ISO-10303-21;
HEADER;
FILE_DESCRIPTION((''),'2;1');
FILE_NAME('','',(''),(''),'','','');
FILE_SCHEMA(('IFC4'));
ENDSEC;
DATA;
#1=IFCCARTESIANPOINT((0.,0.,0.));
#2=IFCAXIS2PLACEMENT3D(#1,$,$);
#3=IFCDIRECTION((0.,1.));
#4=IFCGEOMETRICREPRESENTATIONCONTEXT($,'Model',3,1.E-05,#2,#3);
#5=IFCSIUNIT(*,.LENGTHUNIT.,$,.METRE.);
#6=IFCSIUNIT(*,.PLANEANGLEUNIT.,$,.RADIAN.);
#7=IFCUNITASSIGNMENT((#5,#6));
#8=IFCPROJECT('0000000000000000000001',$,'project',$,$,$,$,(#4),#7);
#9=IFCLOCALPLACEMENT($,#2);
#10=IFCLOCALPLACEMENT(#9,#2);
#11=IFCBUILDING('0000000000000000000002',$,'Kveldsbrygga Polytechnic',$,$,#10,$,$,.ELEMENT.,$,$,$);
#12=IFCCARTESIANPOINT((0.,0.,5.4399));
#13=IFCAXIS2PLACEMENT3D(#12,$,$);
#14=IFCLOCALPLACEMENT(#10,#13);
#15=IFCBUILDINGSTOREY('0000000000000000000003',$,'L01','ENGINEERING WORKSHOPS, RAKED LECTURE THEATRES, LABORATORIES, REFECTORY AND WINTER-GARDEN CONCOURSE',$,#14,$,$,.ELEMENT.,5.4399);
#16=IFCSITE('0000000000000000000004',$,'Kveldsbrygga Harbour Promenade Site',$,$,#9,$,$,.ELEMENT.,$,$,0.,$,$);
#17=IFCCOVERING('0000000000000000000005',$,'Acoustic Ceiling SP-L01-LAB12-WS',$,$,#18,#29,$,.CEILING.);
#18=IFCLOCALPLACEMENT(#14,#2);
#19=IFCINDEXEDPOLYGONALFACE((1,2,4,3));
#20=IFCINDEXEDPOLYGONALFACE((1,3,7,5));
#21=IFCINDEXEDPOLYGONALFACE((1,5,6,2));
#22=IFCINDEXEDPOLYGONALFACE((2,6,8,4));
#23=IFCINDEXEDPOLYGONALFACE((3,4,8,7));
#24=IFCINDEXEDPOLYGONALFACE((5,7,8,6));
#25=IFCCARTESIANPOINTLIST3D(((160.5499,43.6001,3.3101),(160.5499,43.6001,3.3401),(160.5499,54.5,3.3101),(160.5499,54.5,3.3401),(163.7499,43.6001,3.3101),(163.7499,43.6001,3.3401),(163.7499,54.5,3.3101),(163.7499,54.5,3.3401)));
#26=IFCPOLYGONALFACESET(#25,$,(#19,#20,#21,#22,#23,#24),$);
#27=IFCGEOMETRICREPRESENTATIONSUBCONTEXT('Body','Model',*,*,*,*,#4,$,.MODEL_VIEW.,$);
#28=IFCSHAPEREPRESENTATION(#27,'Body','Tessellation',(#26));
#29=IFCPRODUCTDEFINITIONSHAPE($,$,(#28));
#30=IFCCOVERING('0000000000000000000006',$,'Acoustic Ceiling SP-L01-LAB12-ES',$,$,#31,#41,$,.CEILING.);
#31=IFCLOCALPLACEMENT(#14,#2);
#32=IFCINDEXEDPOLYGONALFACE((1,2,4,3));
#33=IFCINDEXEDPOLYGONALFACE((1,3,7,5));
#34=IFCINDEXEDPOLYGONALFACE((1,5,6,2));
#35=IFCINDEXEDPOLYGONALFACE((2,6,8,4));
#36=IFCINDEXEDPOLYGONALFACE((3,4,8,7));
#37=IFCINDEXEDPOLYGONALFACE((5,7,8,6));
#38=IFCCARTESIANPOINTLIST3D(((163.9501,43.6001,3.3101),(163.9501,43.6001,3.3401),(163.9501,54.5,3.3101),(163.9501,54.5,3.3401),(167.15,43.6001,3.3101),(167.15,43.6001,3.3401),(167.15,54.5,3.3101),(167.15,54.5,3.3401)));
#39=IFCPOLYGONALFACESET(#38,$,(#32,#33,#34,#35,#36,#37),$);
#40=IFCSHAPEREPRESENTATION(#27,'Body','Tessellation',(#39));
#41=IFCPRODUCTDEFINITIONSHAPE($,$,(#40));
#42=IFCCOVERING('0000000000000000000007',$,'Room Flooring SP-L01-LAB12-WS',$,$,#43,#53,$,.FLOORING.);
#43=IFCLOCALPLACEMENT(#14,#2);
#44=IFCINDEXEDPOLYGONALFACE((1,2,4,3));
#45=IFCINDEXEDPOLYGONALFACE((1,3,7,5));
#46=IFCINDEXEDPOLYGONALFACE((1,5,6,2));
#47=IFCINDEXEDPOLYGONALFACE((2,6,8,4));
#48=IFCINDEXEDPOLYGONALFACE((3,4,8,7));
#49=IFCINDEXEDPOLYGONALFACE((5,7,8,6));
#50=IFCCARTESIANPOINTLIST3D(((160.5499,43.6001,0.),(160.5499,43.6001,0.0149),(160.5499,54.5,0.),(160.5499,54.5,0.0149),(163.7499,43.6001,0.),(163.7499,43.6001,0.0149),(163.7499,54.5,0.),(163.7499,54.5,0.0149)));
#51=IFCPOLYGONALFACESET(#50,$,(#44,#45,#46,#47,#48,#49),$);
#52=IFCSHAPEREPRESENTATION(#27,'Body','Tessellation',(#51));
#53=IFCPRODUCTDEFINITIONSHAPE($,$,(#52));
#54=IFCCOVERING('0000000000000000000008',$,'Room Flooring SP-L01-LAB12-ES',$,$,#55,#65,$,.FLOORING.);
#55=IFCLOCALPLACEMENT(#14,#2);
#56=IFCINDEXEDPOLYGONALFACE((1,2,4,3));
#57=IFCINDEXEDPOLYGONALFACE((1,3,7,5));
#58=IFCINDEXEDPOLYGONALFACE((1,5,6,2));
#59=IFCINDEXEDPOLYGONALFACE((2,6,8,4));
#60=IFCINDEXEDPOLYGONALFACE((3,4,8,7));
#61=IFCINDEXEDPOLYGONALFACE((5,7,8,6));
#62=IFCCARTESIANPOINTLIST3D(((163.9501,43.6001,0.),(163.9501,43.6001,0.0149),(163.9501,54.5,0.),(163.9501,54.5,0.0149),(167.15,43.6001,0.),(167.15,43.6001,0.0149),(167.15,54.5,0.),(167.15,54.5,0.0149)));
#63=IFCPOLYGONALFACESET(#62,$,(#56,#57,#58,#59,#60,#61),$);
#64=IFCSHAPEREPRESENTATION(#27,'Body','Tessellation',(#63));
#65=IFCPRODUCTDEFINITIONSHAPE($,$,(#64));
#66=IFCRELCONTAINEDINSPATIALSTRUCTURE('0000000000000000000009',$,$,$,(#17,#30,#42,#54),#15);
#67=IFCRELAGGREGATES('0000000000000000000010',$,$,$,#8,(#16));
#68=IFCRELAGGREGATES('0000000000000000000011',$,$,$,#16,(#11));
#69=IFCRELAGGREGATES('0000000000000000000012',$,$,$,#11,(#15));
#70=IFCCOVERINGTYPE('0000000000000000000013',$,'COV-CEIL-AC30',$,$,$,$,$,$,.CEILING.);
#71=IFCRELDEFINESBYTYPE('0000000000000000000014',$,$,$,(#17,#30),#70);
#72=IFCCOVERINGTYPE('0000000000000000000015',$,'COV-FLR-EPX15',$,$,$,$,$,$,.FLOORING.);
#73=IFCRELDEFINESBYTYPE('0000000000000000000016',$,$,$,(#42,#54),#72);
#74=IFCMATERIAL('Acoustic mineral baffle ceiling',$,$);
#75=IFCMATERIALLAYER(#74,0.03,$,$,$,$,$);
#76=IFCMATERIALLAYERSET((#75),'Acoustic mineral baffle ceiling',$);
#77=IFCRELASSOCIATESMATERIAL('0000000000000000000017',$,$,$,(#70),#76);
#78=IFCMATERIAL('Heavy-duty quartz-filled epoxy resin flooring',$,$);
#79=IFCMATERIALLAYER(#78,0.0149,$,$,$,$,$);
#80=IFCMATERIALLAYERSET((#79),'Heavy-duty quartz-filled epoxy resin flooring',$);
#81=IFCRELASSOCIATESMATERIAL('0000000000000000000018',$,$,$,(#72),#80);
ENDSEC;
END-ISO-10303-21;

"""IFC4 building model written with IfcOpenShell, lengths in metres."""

from ifc_helpers import new_model, si_unit, direction, frame, origin, origin_2d, place, context, subcontext, project, spatial, rectangle, extrude, material, layer, layer_set, type_object, element, save


model = new_model("IFC4")

# Units and contexts
model_context = context("Model", 3, precision=1e-05, world=origin(), true_north=direction((0.0, 1.0)))
body_context = subcontext(model_context, "Body", "Model", "MODEL_VIEW")
ifc_project = project(units=[si_unit("LENGTHUNIT", "METRE"), si_unit("PLANEANGLEUNIT", "RADIAN")], contexts=[model_context])

# Site, building, storey
site_placement = place(None, origin())
site = spatial("IfcSite", under=ifc_project, at=site_placement, Name="Kveldsbrygga Harbour Promenade Site", CompositionType="ELEMENT", RefElevation=0.0)
building_placement = place(site_placement, origin())
building = spatial("IfcBuilding", under=site, at=building_placement, Name="Kveldsbrygga Polytechnic", CompositionType="ELEMENT")
storey_placement = place(building_placement, frame((0.0, 0.0, 5.4399)))
storey = spatial("IfcBuildingStorey", under=building, at=storey_placement, Name="L01", Description="ENGINEERING WORKSHOPS, RAKED LECTURE THEATRES, LABORATORIES, REFECTORY AND WINTER-GARDEN CONCOURSE", CompositionType="ELEMENT", Elevation=5.4399)

# Coverings
ifc_material_1 = material(Name="Acoustic mineral baffle ceiling")
ifc_layer_1 = layer(ifc_material_1, 0.03)
ifc_layer_set_1 = layer_set([ifc_layer_1], Name="Acoustic mineral baffle ceiling")
covering_type_1 = type_object("IfcCoveringType", Name="COV-CEIL-AC30", PredefinedType="CEILING", material=ifc_layer_set_1)
for number, where, z_axis, x_axis, name in (
    (1, (162.1499, 49.05, 3.3101), (0.0, 0.0, 1.0), (1.0, 0.0, 0.0), "Acoustic Ceiling SP-L01-LAB12-WS"),
    (2, (165.55, 49.05, 3.3101), (0.0, 0.0, 1.0), (1.0, 0.0, 0.0), "Acoustic Ceiling SP-L01-LAB12-ES"),
):
    element("IfcCovering", number, at=place(storey_placement, frame(where, z_axis=z_axis, x_axis=x_axis)), inside=storey, type_object=covering_type_1, Name=name, PredefinedType="CEILING", context=body_context, shape_type="SweptSolid", body=[
        extrude(rectangle(XDim=3.2, YDim=10.8999, at=origin_2d()), origin(), (0.0, 0.0, 1.0), 0.03),
    ])
ifc_material_2 = material(Name="Heavy-duty quartz-filled epoxy resin flooring")
ifc_layer_2 = layer(ifc_material_2, 0.0149)
ifc_layer_set_2 = layer_set([ifc_layer_2], Name="Heavy-duty quartz-filled epoxy resin flooring")
covering_type_2 = type_object("IfcCoveringType", Name="COV-FLR-EPX15", PredefinedType="FLOORING", material=ifc_layer_set_2)
for number, where, z_axis, x_axis, name in (
    (3, (162.1499, 49.05, 0.0), (0.0, 0.0, 1.0), (1.0, 0.0, 0.0), "Room Flooring SP-L01-LAB12-WS"),
    (4, (165.55, 49.05, 0.0), (0.0, 0.0, 1.0), (1.0, 0.0, 0.0), "Room Flooring SP-L01-LAB12-ES"),
):
    element("IfcCovering", number, at=place(storey_placement, frame(where, z_axis=z_axis, x_axis=x_axis)), inside=storey, type_object=covering_type_2, Name=name, PredefinedType="FLOORING", context=body_context, shape_type="SweptSolid", body=[
        extrude(rectangle(XDim=3.2, YDim=10.8999, at=origin_2d()), origin(), (0.0, 0.0, 1.0), 0.0149),
    ])

save(model, "model.ifc")
